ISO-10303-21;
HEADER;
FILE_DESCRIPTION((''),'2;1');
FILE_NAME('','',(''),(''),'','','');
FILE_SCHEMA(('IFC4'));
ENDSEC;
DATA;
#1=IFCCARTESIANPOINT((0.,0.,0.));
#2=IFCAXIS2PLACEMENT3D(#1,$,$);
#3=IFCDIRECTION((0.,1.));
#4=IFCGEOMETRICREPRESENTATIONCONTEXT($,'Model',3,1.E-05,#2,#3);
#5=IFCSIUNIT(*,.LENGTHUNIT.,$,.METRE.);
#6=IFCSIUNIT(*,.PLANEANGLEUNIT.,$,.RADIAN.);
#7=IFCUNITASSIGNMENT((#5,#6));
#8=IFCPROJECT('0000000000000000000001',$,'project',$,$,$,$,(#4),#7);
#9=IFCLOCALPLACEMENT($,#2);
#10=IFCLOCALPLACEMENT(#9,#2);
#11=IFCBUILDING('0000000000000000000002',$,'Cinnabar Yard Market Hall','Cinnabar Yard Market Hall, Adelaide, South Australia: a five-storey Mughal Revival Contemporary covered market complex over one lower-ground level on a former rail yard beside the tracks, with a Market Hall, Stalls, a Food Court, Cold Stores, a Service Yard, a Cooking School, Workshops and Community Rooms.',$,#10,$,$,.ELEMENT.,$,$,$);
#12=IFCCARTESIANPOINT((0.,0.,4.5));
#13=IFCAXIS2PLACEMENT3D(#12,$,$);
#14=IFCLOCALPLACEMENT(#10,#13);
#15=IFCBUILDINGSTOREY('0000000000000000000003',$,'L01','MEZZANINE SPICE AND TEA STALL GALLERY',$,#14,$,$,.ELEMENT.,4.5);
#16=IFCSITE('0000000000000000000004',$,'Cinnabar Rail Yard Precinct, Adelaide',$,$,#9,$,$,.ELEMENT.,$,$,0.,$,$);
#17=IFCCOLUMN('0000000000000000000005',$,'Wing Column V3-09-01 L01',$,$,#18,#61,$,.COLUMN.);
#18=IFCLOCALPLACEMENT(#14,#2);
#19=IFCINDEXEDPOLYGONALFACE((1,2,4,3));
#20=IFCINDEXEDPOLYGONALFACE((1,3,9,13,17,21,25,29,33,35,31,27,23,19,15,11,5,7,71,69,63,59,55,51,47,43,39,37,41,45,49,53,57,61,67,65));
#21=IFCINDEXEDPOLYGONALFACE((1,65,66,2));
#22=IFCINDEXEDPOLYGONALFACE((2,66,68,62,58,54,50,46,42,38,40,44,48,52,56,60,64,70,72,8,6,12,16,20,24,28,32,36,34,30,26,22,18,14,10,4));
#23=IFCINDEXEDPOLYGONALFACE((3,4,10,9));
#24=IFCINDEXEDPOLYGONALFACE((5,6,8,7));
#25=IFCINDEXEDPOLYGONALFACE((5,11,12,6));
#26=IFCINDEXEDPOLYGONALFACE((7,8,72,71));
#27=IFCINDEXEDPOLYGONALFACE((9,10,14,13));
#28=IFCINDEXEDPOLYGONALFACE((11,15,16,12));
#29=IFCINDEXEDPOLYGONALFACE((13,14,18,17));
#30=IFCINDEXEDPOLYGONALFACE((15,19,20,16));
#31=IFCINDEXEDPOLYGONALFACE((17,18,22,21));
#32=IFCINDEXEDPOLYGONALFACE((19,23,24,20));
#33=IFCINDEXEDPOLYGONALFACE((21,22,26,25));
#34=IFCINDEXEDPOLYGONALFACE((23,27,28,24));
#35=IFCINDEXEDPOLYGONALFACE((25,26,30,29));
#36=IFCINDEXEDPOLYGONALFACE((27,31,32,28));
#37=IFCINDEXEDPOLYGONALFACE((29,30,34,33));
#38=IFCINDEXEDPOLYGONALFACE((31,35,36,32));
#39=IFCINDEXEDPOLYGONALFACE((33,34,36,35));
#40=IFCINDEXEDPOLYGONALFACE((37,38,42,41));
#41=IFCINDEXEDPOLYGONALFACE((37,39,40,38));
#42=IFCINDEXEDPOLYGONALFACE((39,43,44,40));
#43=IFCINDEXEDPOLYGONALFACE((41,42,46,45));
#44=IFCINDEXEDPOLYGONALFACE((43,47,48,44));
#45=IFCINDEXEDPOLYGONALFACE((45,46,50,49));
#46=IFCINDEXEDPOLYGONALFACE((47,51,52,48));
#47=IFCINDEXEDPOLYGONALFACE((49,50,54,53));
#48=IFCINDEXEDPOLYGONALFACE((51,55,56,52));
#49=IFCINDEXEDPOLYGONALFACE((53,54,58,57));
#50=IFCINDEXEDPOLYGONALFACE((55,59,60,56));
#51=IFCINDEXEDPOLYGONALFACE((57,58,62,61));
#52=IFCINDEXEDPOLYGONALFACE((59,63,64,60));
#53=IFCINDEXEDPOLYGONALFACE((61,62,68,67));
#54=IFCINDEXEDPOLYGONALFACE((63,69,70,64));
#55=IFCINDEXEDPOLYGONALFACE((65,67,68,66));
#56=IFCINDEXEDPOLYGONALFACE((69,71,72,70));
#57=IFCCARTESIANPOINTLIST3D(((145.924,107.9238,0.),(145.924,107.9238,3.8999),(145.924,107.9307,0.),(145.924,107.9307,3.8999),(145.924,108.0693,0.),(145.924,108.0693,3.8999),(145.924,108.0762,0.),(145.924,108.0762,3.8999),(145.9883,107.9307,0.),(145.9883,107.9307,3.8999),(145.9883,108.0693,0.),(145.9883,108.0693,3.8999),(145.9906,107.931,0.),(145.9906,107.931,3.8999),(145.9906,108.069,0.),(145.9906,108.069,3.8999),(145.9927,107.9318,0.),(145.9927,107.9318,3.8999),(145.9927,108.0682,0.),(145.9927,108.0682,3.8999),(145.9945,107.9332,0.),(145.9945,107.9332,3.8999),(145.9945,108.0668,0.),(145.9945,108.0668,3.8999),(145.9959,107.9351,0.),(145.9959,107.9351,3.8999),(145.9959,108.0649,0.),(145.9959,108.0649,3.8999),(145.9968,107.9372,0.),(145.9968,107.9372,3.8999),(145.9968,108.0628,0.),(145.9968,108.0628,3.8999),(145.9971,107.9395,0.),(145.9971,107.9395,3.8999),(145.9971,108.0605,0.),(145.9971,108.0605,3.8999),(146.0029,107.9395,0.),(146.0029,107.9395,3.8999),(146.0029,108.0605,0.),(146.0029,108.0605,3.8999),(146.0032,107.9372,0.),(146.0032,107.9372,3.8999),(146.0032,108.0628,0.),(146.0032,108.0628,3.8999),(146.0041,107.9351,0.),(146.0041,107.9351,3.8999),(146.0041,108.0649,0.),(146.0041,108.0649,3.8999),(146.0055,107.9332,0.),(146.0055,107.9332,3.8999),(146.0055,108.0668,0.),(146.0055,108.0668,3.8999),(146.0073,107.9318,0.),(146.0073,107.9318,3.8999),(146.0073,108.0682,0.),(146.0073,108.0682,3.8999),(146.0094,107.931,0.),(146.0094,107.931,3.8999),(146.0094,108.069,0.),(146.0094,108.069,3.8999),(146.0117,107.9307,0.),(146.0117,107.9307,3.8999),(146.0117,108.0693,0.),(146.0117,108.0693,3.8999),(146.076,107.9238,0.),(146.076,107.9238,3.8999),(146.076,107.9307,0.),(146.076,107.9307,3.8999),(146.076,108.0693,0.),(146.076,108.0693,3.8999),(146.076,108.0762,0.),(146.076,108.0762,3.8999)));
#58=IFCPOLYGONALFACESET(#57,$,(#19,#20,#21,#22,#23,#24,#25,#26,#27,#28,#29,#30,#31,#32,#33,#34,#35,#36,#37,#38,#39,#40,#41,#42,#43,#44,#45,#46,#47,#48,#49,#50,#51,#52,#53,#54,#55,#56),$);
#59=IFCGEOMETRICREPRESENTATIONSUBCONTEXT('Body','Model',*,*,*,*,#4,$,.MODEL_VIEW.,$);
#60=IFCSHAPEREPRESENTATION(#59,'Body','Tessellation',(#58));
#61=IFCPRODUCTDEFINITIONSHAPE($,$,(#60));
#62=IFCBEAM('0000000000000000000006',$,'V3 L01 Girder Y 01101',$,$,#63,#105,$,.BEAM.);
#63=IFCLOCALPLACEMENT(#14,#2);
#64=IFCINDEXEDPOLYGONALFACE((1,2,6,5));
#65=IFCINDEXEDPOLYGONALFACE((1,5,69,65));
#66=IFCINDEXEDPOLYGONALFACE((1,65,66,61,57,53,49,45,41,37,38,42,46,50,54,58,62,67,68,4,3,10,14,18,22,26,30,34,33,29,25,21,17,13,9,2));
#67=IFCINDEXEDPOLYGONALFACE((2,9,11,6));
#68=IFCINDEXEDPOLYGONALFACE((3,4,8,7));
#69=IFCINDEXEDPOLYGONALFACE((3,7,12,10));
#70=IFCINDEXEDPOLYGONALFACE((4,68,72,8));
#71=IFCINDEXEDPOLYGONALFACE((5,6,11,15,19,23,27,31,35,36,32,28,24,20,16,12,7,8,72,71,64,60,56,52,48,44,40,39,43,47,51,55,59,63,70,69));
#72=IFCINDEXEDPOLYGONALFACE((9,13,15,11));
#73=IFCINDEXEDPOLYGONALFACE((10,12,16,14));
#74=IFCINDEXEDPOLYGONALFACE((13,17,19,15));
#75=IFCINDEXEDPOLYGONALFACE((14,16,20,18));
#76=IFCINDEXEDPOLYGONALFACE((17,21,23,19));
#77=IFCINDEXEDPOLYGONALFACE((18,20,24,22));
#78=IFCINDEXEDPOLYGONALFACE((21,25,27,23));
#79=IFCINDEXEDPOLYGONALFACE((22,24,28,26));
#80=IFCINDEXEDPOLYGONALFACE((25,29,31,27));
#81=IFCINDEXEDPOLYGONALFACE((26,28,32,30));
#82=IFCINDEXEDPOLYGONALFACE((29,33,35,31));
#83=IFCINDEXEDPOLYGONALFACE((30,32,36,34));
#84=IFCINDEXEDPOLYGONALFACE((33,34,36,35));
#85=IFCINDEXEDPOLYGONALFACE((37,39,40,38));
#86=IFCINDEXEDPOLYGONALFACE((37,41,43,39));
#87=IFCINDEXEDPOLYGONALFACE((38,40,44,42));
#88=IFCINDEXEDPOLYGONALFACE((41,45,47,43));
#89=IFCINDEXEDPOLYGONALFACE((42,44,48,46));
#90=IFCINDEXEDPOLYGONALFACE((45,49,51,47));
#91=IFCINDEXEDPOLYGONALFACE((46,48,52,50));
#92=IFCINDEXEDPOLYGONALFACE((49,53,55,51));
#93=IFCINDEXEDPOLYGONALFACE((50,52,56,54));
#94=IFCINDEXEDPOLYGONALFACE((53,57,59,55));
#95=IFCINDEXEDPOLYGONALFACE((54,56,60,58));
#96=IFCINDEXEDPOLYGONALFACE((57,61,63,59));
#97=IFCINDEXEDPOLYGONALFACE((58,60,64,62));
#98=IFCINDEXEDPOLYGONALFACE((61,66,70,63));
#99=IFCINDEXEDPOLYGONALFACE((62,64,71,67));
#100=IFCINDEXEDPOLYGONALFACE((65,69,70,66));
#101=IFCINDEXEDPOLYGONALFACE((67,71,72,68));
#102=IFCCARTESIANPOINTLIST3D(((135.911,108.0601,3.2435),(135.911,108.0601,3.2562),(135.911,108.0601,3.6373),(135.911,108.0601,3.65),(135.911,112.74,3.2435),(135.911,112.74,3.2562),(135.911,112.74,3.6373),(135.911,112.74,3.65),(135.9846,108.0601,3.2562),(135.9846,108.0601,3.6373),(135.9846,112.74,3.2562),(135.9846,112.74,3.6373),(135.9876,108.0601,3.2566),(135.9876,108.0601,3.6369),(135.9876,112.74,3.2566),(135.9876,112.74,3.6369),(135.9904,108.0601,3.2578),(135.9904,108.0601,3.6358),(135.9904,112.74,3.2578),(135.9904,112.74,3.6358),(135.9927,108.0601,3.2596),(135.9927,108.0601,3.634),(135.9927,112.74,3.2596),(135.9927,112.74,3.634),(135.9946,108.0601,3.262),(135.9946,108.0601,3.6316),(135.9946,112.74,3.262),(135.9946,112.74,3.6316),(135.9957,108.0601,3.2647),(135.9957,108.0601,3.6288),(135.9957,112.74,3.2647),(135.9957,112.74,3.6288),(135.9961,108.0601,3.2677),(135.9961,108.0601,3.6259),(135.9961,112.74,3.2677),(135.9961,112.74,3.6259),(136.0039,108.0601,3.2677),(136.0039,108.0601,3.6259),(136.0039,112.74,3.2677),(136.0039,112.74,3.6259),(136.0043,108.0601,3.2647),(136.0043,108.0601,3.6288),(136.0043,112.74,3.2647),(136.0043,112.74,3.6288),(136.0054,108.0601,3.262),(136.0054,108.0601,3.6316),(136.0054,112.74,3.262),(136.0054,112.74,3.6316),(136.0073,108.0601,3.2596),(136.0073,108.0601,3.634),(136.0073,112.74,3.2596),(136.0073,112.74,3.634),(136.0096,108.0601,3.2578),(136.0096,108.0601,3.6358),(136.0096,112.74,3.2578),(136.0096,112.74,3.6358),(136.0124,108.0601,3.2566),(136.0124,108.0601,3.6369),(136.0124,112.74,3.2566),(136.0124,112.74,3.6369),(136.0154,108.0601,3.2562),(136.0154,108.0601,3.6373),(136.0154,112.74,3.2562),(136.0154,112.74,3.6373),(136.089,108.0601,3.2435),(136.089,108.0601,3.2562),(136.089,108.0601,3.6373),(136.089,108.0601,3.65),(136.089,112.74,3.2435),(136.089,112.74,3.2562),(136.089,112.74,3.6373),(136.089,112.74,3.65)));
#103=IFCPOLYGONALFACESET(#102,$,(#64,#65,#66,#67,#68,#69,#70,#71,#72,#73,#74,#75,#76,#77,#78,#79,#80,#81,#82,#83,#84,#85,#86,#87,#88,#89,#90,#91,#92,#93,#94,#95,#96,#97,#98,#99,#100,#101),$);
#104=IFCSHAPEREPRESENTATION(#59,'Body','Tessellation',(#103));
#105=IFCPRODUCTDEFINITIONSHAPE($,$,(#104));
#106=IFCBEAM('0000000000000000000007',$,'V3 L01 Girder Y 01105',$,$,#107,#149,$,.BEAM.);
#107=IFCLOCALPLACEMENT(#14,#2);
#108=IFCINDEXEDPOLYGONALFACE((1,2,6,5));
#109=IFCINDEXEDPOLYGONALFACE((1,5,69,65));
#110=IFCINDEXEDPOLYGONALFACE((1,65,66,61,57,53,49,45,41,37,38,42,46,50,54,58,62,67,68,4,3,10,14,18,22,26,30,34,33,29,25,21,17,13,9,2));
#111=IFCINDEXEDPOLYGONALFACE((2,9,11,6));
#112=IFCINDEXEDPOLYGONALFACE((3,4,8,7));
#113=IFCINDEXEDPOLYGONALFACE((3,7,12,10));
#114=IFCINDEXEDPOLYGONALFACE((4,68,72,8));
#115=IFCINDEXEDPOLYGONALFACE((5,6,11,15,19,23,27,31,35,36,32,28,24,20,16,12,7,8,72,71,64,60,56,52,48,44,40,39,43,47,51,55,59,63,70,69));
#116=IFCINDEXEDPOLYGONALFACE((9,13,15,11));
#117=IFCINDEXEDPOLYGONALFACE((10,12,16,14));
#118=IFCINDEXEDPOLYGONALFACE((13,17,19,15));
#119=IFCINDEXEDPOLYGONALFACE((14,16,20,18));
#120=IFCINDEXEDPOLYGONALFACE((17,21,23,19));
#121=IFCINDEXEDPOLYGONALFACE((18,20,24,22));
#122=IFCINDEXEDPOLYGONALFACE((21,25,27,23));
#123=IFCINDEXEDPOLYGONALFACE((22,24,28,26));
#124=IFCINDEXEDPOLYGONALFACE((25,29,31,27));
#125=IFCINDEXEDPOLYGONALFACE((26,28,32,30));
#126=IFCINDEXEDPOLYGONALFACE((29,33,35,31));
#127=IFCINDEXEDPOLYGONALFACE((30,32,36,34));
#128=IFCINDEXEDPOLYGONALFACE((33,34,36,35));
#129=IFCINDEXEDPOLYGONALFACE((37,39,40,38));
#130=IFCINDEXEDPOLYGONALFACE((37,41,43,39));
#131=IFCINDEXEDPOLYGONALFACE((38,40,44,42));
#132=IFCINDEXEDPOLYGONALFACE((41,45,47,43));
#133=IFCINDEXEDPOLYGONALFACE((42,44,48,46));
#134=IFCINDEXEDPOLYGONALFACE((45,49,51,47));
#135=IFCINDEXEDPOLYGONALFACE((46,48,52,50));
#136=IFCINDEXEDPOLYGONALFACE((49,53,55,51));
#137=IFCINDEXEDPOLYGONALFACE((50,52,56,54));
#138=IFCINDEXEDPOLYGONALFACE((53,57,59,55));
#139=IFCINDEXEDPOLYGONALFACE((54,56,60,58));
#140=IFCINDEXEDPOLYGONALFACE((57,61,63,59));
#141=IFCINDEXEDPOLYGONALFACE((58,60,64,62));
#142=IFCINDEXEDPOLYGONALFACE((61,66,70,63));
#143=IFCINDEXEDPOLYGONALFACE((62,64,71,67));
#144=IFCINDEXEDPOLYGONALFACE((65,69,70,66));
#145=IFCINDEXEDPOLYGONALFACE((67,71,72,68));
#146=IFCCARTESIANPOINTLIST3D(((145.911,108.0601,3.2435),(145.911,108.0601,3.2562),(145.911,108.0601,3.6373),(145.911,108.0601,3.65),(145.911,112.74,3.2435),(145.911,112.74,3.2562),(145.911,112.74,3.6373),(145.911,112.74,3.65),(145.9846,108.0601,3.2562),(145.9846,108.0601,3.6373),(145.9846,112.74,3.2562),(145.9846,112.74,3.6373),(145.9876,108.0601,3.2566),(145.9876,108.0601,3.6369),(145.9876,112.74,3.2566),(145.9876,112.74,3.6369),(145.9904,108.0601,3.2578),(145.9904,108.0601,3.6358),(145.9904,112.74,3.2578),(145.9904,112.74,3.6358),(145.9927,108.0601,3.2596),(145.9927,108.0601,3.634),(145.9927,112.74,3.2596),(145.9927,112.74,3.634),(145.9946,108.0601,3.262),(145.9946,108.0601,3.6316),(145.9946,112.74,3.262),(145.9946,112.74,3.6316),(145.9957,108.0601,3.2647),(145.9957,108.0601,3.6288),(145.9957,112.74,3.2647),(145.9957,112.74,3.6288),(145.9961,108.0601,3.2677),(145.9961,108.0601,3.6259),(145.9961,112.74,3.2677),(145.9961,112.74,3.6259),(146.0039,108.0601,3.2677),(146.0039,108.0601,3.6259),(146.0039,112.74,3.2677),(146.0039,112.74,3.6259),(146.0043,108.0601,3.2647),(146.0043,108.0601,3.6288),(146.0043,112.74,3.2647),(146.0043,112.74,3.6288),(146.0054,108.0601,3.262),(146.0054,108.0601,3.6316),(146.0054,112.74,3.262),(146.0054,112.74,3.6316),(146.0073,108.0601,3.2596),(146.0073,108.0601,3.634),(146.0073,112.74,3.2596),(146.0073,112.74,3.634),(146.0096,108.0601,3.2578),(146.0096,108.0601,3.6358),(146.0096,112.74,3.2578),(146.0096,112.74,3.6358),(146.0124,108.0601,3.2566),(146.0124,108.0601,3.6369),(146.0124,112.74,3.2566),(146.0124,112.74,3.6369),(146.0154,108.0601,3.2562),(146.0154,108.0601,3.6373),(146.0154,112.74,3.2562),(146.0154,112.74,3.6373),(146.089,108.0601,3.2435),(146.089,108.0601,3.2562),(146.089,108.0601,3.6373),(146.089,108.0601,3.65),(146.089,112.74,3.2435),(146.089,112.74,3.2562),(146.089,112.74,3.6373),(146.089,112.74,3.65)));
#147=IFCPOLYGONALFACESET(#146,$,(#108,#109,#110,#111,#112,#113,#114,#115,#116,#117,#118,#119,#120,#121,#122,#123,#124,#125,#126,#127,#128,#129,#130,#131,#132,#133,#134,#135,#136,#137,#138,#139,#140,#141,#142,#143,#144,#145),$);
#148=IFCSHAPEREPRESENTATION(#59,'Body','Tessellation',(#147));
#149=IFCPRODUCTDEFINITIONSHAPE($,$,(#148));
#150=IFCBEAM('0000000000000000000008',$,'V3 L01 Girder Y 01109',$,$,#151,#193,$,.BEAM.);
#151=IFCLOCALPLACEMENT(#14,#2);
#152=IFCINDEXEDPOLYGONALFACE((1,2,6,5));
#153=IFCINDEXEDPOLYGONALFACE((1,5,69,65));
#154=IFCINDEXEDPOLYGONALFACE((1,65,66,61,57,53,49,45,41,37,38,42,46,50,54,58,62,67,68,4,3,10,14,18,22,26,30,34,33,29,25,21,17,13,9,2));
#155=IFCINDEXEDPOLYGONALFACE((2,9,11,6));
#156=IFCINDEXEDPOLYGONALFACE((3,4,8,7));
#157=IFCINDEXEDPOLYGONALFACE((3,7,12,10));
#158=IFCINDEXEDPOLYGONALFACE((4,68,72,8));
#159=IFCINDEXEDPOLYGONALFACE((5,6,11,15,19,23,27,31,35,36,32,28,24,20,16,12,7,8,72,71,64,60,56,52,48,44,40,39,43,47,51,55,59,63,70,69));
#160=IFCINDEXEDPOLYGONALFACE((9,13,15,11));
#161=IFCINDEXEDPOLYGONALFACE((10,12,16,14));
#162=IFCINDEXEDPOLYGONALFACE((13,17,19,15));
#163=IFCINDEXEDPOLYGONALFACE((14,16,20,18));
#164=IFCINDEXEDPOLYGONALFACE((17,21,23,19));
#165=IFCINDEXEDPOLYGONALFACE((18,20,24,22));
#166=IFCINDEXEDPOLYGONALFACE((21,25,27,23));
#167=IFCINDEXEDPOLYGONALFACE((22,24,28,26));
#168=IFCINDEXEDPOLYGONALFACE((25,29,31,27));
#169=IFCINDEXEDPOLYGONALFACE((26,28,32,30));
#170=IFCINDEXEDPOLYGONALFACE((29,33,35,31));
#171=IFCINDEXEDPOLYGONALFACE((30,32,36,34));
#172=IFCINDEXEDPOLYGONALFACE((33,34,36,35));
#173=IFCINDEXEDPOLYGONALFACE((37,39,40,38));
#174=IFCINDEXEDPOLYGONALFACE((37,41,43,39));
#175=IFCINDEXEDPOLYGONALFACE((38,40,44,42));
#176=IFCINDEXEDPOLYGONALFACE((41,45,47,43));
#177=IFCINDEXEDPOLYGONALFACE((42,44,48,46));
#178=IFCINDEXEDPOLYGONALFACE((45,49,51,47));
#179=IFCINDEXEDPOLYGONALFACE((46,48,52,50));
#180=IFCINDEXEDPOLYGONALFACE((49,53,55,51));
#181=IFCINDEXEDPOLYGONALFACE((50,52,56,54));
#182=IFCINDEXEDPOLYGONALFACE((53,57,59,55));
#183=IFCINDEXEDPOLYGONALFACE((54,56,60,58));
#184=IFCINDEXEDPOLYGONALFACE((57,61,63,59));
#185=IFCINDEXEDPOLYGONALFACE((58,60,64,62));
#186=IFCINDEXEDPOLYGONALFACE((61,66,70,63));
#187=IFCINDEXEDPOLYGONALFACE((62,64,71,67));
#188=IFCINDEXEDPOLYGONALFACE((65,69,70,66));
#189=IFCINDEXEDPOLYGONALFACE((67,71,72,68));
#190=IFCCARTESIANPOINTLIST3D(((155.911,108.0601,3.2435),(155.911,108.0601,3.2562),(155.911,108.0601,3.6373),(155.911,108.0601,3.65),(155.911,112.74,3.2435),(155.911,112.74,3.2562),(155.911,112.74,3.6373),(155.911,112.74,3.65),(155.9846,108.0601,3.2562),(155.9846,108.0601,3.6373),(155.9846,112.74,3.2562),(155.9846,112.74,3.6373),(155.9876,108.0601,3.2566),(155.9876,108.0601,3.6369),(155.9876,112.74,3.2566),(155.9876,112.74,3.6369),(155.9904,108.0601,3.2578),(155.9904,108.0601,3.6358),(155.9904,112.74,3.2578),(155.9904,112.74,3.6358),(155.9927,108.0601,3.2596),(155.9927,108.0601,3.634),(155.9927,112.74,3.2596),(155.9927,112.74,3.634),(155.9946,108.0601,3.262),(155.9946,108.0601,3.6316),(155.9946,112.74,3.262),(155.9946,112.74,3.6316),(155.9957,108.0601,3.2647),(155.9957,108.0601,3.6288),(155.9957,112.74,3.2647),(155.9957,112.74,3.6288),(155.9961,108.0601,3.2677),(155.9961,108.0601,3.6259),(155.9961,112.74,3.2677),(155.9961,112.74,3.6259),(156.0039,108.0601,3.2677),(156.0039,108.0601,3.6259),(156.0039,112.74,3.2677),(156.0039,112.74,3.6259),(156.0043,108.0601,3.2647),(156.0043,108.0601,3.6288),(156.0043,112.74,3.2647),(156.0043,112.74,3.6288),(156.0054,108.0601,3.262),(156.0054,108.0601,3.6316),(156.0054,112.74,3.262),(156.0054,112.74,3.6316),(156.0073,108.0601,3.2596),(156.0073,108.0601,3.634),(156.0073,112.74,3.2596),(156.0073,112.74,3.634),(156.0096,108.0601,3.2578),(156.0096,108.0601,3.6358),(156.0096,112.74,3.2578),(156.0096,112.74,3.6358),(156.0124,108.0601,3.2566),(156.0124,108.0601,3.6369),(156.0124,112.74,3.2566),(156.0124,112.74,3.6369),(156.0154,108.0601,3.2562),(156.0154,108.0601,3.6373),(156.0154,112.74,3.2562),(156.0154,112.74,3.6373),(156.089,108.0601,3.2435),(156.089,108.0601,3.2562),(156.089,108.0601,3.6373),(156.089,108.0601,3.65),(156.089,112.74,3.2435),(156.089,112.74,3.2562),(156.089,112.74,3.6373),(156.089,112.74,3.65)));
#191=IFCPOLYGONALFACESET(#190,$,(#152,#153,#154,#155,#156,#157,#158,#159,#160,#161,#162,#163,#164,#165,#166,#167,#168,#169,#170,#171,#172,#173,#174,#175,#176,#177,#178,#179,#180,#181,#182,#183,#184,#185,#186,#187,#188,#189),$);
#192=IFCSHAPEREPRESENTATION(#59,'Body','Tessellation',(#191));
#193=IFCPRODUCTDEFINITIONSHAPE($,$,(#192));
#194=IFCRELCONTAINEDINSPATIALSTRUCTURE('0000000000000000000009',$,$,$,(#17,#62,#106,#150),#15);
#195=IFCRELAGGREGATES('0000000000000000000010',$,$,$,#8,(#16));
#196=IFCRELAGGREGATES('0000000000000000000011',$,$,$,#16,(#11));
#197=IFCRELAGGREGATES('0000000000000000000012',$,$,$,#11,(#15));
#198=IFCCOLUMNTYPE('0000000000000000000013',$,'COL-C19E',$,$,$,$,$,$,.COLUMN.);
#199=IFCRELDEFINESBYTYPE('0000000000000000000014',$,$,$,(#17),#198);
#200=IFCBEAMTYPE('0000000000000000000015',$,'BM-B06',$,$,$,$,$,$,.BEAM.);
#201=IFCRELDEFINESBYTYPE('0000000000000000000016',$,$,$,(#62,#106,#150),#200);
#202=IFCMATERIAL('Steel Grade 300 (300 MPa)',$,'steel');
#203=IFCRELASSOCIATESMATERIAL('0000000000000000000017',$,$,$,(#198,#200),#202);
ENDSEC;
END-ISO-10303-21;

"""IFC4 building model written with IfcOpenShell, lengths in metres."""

from ifc_helpers import new_model, si_unit, direction, frame, origin, origin_2d_with_axis, place, context, subcontext, project, spatial, i_section, extrude, material, material_profile, profile_set, type_object, element, save


model = new_model("IFC4")

# Units and contexts
model_context = context("Model", 3, precision=1e-05, world=origin(), true_north=direction((0.0, 1.0)))
body_context = subcontext(model_context, "Body", "Model", "MODEL_VIEW")
ifc_project = project(units=[si_unit("LENGTHUNIT", "METRE"), si_unit("PLANEANGLEUNIT", "RADIAN")], contexts=[model_context])

# Site, building, storey
site_placement = place(None, origin())
site = spatial("IfcSite", under=ifc_project, at=site_placement, Name="Cinnabar Rail Yard Precinct, Adelaide", CompositionType="ELEMENT", RefElevation=0.0)
building_placement = place(site_placement, origin())
building = spatial("IfcBuilding", under=site, at=building_placement, Name="Cinnabar Yard Market Hall", Description="Cinnabar Yard Market Hall, Adelaide, South Australia: a five-storey Mughal Revival Contemporary covered market complex over one lower-ground level on a former rail yard beside the tracks, with a Market Hall, Stalls, a Food Court, Cold Stores, a Service Yard, a Cooking School, Workshops and Community Rooms.", CompositionType="ELEMENT")
storey_placement = place(building_placement, frame((0.0, 0.0, 4.5)))
storey = spatial("IfcBuildingStorey", under=building, at=storey_placement, Name="L01", Description="MEZZANINE SPICE AND TEA STALL GALLERY", CompositionType="ELEMENT", Elevation=4.5)

# Column
ifc_material_1 = material(Name="Steel Grade 300 (300 MPa)", Category="steel")
ifc_material_profile_1 = material_profile(ifc_material_1, i_section(OverallWidth=0.1521, OverallDepth=0.1523, WebThickness=0.0059, FlangeThickness=0.0068, FilletRadius=0.0088, at=origin_2d_with_axis()), Name="150UC23.4")
ifc_profile_set_1 = profile_set([ifc_material_profile_1], Name="Steel Grade 300 (300 MPa)")
column_type_1 = type_object("IfcColumnType", Name="COL-C19E", PredefinedType="COLUMN", material=ifc_profile_set_1)
column_1_placement = place(storey_placement, frame((146.0, 108.0, 0.0), z_axis=(0.0, 0.0, 1.0), x_axis=(1.0, 0.0, 0.0)))
element("IfcColumn", 1, at=column_1_placement, inside=storey, type_object=column_type_1, Name="Wing Column V3-09-01 L01", PredefinedType="COLUMN", context=body_context, shape_type="SweptSolid", body=[
    extrude(i_section(OverallWidth=0.1521, OverallDepth=0.1523, WebThickness=0.0059, FlangeThickness=0.0068, FilletRadius=0.0088, at=origin_2d_with_axis()), origin(), (0.0, 0.0, 1.0), 3.8999),
])

# Beams
ifc_material_profile_2 = material_profile(ifc_material_1, i_section(OverallWidth=0.178, OverallDepth=0.4065, WebThickness=0.0078, FlangeThickness=0.0127, FilletRadius=0.0115, at=origin_2d_with_axis()), Name="410UB59.7")
ifc_profile_set_2 = profile_set([ifc_material_profile_2], Name="Steel Grade 300 (300 MPa)")
beam_type_1 = type_object("IfcBeamType", Name="BM-B06", PredefinedType="BEAM", material=ifc_profile_set_2)
for number, where, z_axis, x_axis, name in (
    (2, (136.0, 108.0601, 3.4468), (0.0, 1.0, 0.0), (-1.0, 0.0, 0.0), "V3 L01 Girder Y 01101"),
    (3, (146.0, 108.0601, 3.4468), (0.0, 1.0, 0.0), (-1.0, 0.0, 0.0), "V3 L01 Girder Y 01105"),
    (4, (156.0, 108.0601, 3.4468), (0.0, 1.0, 0.0), (-1.0, 0.0, 0.0), "V3 L01 Girder Y 01109"),
):
    element("IfcBeam", number, at=place(storey_placement, frame(where, z_axis=z_axis, x_axis=x_axis)), inside=storey, type_object=beam_type_1, Name=name, PredefinedType="BEAM", context=body_context, shape_type="SweptSolid", body=[
        extrude(i_section(OverallWidth=0.178, OverallDepth=0.4065, WebThickness=0.0078, FlangeThickness=0.0127, FilletRadius=0.0115, at=origin_2d_with_axis()), origin(), (0.0, 0.0, 1.0), 4.6799),
    ])

save(model, "model.ifc")
